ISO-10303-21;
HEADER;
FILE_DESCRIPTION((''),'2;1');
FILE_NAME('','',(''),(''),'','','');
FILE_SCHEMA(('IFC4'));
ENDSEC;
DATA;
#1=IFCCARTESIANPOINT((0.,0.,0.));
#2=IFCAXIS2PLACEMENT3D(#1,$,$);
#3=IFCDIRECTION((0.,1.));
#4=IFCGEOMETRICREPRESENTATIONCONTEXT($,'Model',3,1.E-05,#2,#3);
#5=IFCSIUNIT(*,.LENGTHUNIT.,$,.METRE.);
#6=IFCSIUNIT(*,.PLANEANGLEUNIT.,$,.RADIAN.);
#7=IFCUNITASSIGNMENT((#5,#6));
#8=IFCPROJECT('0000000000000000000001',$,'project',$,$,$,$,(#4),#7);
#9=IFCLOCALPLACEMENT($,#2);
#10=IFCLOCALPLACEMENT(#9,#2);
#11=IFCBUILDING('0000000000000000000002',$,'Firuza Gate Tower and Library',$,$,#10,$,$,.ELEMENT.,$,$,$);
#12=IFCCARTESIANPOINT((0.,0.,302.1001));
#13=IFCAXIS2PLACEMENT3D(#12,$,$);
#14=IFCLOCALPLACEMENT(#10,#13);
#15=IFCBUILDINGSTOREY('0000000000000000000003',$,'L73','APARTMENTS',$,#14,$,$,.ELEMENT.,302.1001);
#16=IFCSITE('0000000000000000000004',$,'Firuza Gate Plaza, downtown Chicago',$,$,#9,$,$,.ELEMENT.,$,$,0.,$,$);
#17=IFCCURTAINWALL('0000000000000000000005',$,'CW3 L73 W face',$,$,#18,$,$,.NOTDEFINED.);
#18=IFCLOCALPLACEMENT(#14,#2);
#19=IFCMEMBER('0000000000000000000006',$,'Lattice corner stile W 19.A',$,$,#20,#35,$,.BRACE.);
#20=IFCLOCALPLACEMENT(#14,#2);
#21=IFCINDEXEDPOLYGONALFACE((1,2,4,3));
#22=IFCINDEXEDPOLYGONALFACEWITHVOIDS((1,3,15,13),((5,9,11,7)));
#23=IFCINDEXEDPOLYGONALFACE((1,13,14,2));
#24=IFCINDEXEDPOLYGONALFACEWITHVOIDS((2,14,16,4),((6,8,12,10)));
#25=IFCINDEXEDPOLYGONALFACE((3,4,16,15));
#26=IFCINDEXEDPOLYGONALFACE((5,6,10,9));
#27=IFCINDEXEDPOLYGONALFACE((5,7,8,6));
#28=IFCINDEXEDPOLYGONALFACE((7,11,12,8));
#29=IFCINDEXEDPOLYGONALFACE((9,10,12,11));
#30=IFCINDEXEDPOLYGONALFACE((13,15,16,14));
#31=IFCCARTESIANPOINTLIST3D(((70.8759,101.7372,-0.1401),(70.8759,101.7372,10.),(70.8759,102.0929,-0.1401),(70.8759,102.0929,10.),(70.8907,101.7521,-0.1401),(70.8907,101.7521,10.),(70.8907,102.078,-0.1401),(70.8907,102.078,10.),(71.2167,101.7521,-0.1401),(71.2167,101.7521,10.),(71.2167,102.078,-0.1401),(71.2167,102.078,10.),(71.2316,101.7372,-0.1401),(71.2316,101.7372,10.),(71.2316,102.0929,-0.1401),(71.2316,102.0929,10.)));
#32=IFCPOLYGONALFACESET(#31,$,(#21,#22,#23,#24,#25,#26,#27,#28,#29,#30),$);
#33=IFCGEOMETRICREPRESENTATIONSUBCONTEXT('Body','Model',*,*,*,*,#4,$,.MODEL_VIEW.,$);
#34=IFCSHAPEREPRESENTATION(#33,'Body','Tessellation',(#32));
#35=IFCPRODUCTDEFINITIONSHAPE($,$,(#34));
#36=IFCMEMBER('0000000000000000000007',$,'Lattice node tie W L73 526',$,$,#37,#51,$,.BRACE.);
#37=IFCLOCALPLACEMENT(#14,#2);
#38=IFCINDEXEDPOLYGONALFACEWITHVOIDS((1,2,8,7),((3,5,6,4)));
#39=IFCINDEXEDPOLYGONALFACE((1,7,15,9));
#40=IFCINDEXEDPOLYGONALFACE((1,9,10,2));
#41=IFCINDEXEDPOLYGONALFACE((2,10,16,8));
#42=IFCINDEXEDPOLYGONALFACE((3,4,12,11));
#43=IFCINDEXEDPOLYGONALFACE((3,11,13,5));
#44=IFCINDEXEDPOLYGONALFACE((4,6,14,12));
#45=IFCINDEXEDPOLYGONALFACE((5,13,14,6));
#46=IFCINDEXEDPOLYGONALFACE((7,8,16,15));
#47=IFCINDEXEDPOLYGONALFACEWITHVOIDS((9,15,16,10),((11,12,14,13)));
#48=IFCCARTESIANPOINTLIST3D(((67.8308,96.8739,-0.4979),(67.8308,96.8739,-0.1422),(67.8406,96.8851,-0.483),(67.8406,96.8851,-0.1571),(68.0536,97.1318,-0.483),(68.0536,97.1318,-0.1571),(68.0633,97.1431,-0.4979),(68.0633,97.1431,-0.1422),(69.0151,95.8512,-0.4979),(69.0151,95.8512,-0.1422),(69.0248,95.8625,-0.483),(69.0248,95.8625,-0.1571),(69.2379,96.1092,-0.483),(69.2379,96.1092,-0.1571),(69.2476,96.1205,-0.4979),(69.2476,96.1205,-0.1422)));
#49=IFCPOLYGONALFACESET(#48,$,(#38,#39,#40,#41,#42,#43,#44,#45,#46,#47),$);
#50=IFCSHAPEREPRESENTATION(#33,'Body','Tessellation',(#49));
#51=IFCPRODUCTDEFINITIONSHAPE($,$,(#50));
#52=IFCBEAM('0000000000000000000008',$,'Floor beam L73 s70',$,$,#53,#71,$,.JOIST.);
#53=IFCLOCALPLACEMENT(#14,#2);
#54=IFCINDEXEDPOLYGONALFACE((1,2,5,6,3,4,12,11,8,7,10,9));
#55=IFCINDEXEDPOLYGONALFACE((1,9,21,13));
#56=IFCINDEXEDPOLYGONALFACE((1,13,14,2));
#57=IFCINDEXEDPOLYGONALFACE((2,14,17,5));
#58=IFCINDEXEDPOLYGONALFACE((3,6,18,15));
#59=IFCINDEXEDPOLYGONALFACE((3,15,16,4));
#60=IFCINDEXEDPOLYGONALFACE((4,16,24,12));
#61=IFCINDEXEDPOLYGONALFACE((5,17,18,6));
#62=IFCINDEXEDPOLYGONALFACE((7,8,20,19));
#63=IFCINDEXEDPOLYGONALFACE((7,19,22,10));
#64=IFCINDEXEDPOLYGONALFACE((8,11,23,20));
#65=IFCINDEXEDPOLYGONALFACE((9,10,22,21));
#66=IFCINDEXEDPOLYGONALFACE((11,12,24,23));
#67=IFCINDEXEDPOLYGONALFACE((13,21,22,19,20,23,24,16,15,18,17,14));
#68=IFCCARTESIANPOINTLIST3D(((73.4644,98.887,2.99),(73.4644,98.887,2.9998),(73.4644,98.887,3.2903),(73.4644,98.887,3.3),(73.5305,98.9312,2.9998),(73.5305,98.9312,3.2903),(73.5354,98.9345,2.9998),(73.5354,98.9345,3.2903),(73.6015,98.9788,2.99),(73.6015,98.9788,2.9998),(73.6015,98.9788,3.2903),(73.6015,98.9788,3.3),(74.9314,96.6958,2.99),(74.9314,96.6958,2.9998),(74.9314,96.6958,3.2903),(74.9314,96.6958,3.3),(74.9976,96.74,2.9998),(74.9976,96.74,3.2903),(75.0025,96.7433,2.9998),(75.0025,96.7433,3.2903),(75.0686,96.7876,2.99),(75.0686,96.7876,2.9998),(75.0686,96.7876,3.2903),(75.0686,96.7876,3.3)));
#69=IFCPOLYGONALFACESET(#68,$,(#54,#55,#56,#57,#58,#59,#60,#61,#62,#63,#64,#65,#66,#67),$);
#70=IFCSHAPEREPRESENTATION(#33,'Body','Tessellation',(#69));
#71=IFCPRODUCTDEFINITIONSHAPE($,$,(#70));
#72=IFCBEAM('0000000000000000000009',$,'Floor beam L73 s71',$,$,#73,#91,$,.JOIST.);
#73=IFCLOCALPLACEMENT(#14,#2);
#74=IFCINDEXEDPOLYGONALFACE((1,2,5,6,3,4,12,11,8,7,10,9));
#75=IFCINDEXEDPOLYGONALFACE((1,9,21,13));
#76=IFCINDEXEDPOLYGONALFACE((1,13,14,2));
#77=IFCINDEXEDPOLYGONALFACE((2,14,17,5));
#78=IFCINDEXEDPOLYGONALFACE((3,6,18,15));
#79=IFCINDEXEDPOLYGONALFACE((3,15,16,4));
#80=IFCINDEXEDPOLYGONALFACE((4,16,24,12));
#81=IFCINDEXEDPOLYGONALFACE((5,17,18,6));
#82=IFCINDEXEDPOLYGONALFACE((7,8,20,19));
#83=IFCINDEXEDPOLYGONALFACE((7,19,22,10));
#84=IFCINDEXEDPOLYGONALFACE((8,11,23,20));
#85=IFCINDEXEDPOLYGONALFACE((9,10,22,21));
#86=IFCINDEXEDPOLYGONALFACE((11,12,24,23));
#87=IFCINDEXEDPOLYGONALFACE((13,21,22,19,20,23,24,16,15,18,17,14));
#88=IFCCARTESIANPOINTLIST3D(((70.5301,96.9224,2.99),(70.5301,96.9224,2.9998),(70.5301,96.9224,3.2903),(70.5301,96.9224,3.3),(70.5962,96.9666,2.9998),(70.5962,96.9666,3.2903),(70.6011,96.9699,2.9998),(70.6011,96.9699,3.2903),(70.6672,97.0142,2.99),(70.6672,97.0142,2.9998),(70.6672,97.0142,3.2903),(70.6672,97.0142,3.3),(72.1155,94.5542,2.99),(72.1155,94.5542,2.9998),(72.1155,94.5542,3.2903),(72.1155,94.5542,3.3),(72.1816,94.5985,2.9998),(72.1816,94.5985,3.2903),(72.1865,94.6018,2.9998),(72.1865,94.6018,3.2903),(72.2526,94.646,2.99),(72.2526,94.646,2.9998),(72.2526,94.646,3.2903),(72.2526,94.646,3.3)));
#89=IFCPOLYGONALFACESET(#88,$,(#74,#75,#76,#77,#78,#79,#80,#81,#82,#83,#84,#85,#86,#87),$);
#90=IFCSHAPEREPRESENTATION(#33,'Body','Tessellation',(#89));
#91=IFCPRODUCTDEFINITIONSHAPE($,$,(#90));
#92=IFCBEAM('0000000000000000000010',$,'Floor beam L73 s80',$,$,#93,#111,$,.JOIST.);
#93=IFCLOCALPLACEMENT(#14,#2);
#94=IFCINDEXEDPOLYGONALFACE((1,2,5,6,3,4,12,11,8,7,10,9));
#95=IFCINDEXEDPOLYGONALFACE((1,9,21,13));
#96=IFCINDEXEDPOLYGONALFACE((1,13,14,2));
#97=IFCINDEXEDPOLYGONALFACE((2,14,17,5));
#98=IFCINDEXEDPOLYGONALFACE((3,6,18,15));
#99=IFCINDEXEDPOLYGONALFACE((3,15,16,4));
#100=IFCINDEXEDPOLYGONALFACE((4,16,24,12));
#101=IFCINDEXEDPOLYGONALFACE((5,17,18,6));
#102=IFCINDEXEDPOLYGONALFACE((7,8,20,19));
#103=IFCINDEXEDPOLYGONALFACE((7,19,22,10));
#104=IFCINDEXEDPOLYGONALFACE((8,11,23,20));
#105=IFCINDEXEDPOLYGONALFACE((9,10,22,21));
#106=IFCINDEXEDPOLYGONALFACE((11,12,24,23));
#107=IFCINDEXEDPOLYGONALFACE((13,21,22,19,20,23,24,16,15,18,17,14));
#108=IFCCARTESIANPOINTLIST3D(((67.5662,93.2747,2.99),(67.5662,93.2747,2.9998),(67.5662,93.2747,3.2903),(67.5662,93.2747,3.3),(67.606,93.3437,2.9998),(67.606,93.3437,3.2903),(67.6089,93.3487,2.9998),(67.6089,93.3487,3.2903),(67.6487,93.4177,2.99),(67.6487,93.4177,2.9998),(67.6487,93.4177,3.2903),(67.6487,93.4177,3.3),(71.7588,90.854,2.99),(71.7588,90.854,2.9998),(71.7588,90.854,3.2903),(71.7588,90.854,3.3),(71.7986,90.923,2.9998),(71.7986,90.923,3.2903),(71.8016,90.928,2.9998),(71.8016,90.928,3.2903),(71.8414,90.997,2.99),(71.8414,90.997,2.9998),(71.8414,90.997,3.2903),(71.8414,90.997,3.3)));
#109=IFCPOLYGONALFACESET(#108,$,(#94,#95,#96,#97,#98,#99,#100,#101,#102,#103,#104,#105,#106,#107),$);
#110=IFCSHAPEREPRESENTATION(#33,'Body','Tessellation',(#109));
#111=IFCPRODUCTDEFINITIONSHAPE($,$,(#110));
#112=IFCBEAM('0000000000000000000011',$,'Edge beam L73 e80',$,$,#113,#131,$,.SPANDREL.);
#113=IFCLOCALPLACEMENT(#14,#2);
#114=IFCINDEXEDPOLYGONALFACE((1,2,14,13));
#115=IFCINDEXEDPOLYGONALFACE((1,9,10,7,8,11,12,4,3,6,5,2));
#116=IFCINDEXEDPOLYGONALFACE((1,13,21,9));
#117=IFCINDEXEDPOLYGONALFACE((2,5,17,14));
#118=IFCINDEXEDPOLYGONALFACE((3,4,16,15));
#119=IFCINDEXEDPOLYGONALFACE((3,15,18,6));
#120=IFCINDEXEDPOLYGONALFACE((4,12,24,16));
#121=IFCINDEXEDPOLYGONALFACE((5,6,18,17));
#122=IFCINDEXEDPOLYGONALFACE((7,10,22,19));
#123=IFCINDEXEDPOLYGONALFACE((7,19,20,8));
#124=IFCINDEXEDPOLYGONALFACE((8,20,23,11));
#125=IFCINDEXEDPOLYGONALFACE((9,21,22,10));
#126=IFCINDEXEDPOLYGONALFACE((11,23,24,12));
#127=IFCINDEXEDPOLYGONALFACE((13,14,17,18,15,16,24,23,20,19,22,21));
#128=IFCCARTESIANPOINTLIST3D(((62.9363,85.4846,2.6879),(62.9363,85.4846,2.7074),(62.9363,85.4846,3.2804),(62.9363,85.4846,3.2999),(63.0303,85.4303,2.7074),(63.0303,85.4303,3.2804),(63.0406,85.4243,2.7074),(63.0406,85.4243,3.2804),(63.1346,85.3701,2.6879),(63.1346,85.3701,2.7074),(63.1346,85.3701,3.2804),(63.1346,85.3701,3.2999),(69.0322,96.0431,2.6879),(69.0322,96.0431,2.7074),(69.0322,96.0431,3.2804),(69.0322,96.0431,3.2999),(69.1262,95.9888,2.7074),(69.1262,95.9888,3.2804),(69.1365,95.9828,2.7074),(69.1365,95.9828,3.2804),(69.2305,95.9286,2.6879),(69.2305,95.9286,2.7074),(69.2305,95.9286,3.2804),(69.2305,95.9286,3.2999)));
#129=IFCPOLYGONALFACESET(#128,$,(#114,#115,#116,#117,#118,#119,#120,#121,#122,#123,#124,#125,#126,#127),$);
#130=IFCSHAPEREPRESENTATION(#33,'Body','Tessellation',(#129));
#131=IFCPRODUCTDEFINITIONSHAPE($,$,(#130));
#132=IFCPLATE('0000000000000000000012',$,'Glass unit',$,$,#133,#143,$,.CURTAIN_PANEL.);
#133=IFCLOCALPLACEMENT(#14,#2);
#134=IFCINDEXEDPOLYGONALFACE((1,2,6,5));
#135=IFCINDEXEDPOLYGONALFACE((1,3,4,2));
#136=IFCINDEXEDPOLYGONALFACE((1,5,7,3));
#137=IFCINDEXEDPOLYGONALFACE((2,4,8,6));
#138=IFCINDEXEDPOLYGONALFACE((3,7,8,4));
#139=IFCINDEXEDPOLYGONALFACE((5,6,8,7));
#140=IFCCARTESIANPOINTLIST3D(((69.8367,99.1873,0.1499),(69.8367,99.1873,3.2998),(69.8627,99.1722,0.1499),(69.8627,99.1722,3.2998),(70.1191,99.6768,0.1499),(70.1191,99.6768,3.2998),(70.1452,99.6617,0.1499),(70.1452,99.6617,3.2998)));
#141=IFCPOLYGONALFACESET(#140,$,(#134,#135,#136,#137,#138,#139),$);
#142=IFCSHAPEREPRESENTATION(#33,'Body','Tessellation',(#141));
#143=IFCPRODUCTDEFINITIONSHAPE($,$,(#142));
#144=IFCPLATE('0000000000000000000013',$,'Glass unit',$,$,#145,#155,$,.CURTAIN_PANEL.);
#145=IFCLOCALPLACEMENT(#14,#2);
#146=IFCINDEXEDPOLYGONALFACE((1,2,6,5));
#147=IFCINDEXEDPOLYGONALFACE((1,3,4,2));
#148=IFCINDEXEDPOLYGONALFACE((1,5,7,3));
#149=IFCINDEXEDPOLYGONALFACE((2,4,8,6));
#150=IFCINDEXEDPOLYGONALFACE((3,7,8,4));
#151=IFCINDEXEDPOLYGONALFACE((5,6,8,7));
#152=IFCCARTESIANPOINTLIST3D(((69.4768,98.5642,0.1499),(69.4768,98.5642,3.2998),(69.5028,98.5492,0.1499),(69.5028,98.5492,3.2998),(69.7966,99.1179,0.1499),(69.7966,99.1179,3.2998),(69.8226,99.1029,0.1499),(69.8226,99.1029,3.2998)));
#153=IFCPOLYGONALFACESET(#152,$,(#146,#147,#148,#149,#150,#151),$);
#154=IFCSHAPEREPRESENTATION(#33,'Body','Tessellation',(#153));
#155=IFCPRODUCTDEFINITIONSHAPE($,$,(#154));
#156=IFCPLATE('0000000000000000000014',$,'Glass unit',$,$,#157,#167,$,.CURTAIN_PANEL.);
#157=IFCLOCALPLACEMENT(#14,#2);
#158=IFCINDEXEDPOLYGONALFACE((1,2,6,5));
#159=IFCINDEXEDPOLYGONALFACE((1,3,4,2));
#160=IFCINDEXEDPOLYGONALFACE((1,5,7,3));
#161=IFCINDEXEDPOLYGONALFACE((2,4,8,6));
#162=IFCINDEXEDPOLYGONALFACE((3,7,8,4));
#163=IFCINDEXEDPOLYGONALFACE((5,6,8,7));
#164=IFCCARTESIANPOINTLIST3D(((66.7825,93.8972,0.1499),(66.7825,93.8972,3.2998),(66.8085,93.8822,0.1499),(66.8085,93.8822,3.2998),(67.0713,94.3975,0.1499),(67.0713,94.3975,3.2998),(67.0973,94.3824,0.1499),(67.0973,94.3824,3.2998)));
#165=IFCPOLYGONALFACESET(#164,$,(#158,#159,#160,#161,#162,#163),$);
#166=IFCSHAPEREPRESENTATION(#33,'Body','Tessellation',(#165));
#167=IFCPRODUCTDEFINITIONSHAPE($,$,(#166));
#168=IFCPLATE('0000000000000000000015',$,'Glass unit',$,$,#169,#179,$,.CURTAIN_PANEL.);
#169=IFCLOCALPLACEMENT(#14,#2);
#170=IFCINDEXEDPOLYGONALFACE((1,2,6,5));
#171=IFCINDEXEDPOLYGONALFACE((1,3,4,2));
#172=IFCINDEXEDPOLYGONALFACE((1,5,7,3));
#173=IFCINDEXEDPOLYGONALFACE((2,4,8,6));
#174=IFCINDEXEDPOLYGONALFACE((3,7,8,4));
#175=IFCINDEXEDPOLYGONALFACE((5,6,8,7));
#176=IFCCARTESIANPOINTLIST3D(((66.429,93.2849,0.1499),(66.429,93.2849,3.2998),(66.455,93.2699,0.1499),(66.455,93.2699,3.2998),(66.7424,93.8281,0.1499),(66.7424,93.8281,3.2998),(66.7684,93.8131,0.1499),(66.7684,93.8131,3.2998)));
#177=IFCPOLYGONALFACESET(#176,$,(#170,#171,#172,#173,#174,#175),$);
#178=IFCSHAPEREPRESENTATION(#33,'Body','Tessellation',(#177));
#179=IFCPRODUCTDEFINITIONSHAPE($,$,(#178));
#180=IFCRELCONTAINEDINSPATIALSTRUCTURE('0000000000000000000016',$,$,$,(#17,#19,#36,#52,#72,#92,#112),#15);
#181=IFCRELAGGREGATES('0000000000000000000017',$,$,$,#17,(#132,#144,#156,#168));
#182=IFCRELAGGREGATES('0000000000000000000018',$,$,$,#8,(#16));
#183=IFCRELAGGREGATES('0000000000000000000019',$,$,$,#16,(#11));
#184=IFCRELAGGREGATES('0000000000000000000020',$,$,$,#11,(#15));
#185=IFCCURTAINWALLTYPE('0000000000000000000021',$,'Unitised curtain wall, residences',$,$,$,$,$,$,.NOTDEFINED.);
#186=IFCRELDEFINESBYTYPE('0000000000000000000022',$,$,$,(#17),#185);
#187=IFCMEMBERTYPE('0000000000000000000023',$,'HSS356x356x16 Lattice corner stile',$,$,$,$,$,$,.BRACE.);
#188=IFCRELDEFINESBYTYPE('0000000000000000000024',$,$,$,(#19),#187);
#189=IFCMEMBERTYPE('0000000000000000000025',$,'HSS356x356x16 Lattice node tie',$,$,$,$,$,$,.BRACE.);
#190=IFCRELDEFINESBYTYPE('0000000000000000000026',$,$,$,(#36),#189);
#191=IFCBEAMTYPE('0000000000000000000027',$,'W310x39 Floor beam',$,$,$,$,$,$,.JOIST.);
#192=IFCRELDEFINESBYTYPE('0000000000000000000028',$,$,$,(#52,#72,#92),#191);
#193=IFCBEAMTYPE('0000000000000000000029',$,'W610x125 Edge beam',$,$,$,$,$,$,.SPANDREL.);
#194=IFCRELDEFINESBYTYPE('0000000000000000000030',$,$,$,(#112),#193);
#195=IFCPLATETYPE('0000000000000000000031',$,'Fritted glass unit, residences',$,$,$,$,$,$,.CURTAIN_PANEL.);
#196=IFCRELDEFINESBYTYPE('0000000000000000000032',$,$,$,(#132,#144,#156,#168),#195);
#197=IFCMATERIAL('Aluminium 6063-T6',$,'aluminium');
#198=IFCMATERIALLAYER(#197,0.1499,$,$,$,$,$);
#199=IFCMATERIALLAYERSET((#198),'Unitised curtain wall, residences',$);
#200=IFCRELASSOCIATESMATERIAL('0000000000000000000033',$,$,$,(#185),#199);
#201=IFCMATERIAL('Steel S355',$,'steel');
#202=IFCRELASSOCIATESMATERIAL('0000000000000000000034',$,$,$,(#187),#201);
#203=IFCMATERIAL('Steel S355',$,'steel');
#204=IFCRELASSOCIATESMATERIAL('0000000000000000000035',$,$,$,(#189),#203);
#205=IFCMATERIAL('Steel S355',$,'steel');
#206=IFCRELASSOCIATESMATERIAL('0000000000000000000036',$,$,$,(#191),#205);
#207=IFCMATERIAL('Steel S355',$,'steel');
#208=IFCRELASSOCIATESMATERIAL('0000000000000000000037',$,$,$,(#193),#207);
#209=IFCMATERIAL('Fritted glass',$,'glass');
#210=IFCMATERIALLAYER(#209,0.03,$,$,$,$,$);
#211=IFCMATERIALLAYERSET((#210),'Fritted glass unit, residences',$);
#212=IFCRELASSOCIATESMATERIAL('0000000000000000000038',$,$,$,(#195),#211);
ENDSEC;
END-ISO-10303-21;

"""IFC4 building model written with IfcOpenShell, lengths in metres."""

from ifc_helpers import new_model, si_unit, direction, frame, origin, origin_2d, place, context, subcontext, project, spatial, polyline, hollow_rectangle, i_section, outline, extrude, material, layer, layer_set, material_profile, profile_set, type_object, element, aggregate, save


model = new_model("IFC4")

# Units and contexts
model_context = context("Model", 3, precision=1e-05, world=origin(), true_north=direction((0.0, 1.0)))
body_context = subcontext(model_context, "Body", "Model", "MODEL_VIEW")
ifc_project = project(units=[si_unit("LENGTHUNIT", "METRE"), si_unit("PLANEANGLEUNIT", "RADIAN")], contexts=[model_context])

# Site, building, storey
site_placement = place(None, origin())
site = spatial("IfcSite", under=ifc_project, at=site_placement, Name="Firuza Gate Plaza, downtown Chicago", CompositionType="ELEMENT", RefElevation=0.0)
building_placement = place(site_placement, origin())
building = spatial("IfcBuilding", under=site, at=building_placement, Name="Firuza Gate Tower and Library", CompositionType="ELEMENT")
storey_placement = place(building_placement, frame((0.0, 0.0, 302.1001)))
storey = spatial("IfcBuildingStorey", under=building, at=storey_placement, Name="L73", Description="APARTMENTS", CompositionType="ELEMENT", Elevation=302.1001)

# Curtain wall
ifc_material_1 = material(Name="Aluminium 6063-T6", Category="aluminium")
ifc_layer_1 = layer(ifc_material_1, 0.1499)
ifc_layer_set_1 = layer_set([ifc_layer_1], Name="Unitised curtain wall, residences")
curtain_wall_type = type_object("IfcCurtainWallType", Name="Unitised curtain wall, residences", PredefinedType="NOTDEFINED", material=ifc_layer_set_1)
placement = place(storey_placement, origin())
curtain_wall = element("IfcCurtainWall", 1, at=placement, inside=storey, type_object=curtain_wall_type, Name="CW3 L73 W face", PredefinedType="NOTDEFINED")

# Members
ifc_material_2 = material(Name="Steel S355", Category="steel")
ifc_material_profile_1 = material_profile(ifc_material_2, hollow_rectangle(XDim=0.3557, YDim=0.3557, WallThickness=0.0149, at=origin_2d()))
ifc_profile_set_1 = profile_set([ifc_material_profile_1], Name="Steel S355")
member_type_1 = type_object("IfcMemberType", Name="HSS356x356x16 Lattice corner stile", PredefinedType="BRACE", material=ifc_profile_set_1)
member_1_placement = place(storey_placement, frame((71.0537, 101.915, -0.1401), z_axis=(0.0, 0.0, 1.0), x_axis=(1.0, 0.0, 0.0)))
element("IfcMember", 2, at=member_1_placement, inside=storey, type_object=member_type_1, Name="Lattice corner stile W 19.A", PredefinedType="BRACE", context=body_context, shape_type="SweptSolid", body=[
    extrude(hollow_rectangle(XDim=0.3557, YDim=0.3557, WallThickness=0.0149, at=origin_2d()), origin(), (0.0, 0.0, 1.0), 10.1401),
])
ifc_material_3 = material(Name="Steel S355", Category="steel")
ifc_material_profile_2 = material_profile(ifc_material_3, hollow_rectangle(XDim=0.3557, YDim=0.3557, WallThickness=0.0149, at=origin_2d()))
ifc_profile_set_2 = profile_set([ifc_material_profile_2], Name="Steel S355")
member_type_2 = type_object("IfcMemberType", Name="HSS356x356x16 Lattice node tie", PredefinedType="BRACE", material=ifc_profile_set_2)
member_2_placement = place(storey_placement, frame((69.1313, 95.9858, -0.3201), z_axis=(-0.756862, 0.653575, 0.0), x_axis=(-0.653575, -0.756862, 0.0)))
element("IfcMember", 3, at=member_2_placement, inside=storey, type_object=member_type_2, Name="Lattice node tie W L73 526", PredefinedType="BRACE", context=body_context, shape_type="SweptSolid", body=[
    extrude(hollow_rectangle(XDim=0.3557, YDim=0.3557, WallThickness=0.0149, at=origin_2d()), origin(), (0.0, 0.0, 1.0), 1.5647),
])

# Beams
ifc_material_4 = material(Name="Steel S355", Category="steel")
ifc_material_profile_3 = material_profile(ifc_material_4, i_section(OverallWidth=0.165, OverallDepth=0.3101, WebThickness=0.0059, FlangeThickness=0.0098, at=origin_2d()))
ifc_profile_set_3 = profile_set([ifc_material_profile_3], Name="Steel S355")
beam_type_1 = type_object("IfcBeamType", Name="W310x39 Floor beam", PredefinedType="JOIST", material=ifc_profile_set_3)
beam_1_placement = place(storey_placement, frame((73.533, 98.9329, 3.145), z_axis=(0.556344, -0.830952, 0.0), x_axis=(0.830952, 0.556344, 0.0)))
element("IfcBeam", 4, at=beam_1_placement, inside=storey, type_object=beam_type_1, Name="Floor beam L73 s70", PredefinedType="JOIST", context=body_context, shape_type="SweptSolid", body=[
    extrude(i_section(OverallWidth=0.165, OverallDepth=0.3101, WebThickness=0.0059, FlangeThickness=0.0098, at=origin_2d()), origin(), (0.0, 0.0, 1.0), 2.637),
])
beam_2_placement = place(storey_placement, frame((70.5986, 96.9683, 3.145), z_axis=(0.55632, -0.830968, 0.0), x_axis=(0.830968, 0.55632, 0.0)))
element("IfcBeam", 5, at=beam_2_placement, inside=storey, type_object=beam_type_1, Name="Floor beam L73 s71", PredefinedType="JOIST", context=body_context, shape_type="SweptSolid", body=[
    extrude(i_section(OverallWidth=0.165, OverallDepth=0.3101, WebThickness=0.0059, FlangeThickness=0.0098, at=origin_2d()), origin(), (0.0, 0.0, 1.0), 2.8499),
])
beam_3_placement = place(storey_placement, frame((67.6074, 93.3462, 3.145), z_axis=(0.866022, -0.500006, 0.0), x_axis=(0.500006, 0.866022, 0.0)))
element("IfcBeam", 6, at=beam_3_placement, inside=storey, type_object=beam_type_1, Name="Floor beam L73 s80", PredefinedType="JOIST", context=body_context, shape_type="SweptSolid", body=[
    extrude(i_section(OverallWidth=0.165, OverallDepth=0.3101, WebThickness=0.0059, FlangeThickness=0.0098, at=origin_2d()), origin(), (0.0, 0.0, 1.0), 4.8413),
])
ifc_material_5 = material(Name="Steel S355", Category="steel")
ifc_material_profile_4 = material_profile(ifc_material_5, i_section(OverallWidth=0.229, OverallDepth=0.6121, WebThickness=0.012, FlangeThickness=0.0195, at=origin_2d()))
ifc_profile_set_4 = profile_set([ifc_material_profile_4], Name="Steel S355")
beam_type_2 = type_object("IfcBeamType", Name="W610x125 Edge beam", PredefinedType="SPANDREL", material=ifc_profile_set_4)
beam_4_placement = place(storey_placement, frame((69.1313, 95.9858, 2.9939), z_axis=(-0.499996, -0.866028, 0.0), x_axis=(0.866028, -0.499996, 0.0)))
element("IfcBeam", 7, at=beam_4_placement, inside=storey, type_object=beam_type_2, Name="Edge beam L73 e80", PredefinedType="SPANDREL", context=body_context, shape_type="SweptSolid", body=[
    extrude(i_section(OverallWidth=0.229, OverallDepth=0.6121, WebThickness=0.012, FlangeThickness=0.0195, at=origin_2d()), origin(), (0.0, 0.0, 1.0), 12.1919),
])

# Plates
ifc_material_6 = material(Name="Fritted glass", Category="glass")
ifc_layer_2 = layer(ifc_material_6, 0.03)
ifc_layer_set_2 = layer_set([ifc_layer_2], Name="Fritted glass unit, residences")
plate_type_1 = type_object("IfcPlateType", Name="Fritted glass unit, residences", PredefinedType="CURTAIN_PANEL", material=ifc_layer_set_2)
plate_1_placement = place(storey_placement, frame((70.1191, 99.6768, 0.1499), z_axis=(-0.866135, 0.49981, 0.0), x_axis=(-0.49981, -0.866135, 0.0)))
plate_1 = element("IfcPlate", 8, at=plate_1_placement, type_object=plate_type_1, Name="Glass unit", PredefinedType="CURTAIN_PANEL", context=body_context, shape_type="SweptSolid", body=[
    extrude(outline(polyline([(0.0, 0.0), (0.5652, 0.0), (0.5652, 3.1499), (0.0, 3.1499), (0.0, 0.0)])), origin(), (0.0, 0.0, -1.0), 0.03),
])
plate_2_placement = place(storey_placement, frame((69.7966, 99.1179, 0.1499), z_axis=(-0.865931, 0.500163, 0.0), x_axis=(-0.500163, -0.865931, 0.0)))
plate_2 = element("IfcPlate", 9, at=plate_2_placement, type_object=plate_type_1, Name="Glass unit", PredefinedType="CURTAIN_PANEL", context=body_context, shape_type="SweptSolid", body=[
    extrude(outline(polyline([(0.0, 0.0), (0.6394, 0.0), (0.6394, 3.1499), (0.0, 3.1499), (0.0, 0.0)])), origin(), (0.0, 0.0, -1.0), 0.03),
])
plate_3_placement = place(storey_placement, frame((67.0713, 94.3975, 0.1499), z_axis=(-0.866024, 0.500003, 0.0), x_axis=(-0.500003, -0.866024, 0.0)))
plate_3 = element("IfcPlate", 10, at=plate_3_placement, type_object=plate_type_1, Name="Glass unit", PredefinedType="CURTAIN_PANEL", context=body_context, shape_type="SweptSolid", body=[
    extrude(outline(polyline([(0.0, 0.0), (0.5776, 0.0), (0.5776, 3.1499), (0.0, 3.1499), (0.0, 0.0)])), origin(), (0.0, 0.0, -1.0), 0.03),
])
plate_4_placement = place(storey_placement, frame((66.7424, 93.8281, 0.1499), z_axis=(-0.866127, 0.499824, 0.0), x_axis=(-0.499824, -0.866127, 0.0)))
plate_4 = element("IfcPlate", 11, at=plate_4_placement, type_object=plate_type_1, Name="Glass unit", PredefinedType="CURTAIN_PANEL", context=body_context, shape_type="SweptSolid", body=[
    extrude(outline(polyline([(0.0, 0.0), (0.6272, 0.0), (0.6272, 3.1499), (0.0, 3.1499), (0.0, 0.0)])), origin(), (0.0, 0.0, -1.0), 0.03),
])
aggregate(curtain_wall, [plate_1, plate_2, plate_3, plate_4])

save(model, "model.ifc")
